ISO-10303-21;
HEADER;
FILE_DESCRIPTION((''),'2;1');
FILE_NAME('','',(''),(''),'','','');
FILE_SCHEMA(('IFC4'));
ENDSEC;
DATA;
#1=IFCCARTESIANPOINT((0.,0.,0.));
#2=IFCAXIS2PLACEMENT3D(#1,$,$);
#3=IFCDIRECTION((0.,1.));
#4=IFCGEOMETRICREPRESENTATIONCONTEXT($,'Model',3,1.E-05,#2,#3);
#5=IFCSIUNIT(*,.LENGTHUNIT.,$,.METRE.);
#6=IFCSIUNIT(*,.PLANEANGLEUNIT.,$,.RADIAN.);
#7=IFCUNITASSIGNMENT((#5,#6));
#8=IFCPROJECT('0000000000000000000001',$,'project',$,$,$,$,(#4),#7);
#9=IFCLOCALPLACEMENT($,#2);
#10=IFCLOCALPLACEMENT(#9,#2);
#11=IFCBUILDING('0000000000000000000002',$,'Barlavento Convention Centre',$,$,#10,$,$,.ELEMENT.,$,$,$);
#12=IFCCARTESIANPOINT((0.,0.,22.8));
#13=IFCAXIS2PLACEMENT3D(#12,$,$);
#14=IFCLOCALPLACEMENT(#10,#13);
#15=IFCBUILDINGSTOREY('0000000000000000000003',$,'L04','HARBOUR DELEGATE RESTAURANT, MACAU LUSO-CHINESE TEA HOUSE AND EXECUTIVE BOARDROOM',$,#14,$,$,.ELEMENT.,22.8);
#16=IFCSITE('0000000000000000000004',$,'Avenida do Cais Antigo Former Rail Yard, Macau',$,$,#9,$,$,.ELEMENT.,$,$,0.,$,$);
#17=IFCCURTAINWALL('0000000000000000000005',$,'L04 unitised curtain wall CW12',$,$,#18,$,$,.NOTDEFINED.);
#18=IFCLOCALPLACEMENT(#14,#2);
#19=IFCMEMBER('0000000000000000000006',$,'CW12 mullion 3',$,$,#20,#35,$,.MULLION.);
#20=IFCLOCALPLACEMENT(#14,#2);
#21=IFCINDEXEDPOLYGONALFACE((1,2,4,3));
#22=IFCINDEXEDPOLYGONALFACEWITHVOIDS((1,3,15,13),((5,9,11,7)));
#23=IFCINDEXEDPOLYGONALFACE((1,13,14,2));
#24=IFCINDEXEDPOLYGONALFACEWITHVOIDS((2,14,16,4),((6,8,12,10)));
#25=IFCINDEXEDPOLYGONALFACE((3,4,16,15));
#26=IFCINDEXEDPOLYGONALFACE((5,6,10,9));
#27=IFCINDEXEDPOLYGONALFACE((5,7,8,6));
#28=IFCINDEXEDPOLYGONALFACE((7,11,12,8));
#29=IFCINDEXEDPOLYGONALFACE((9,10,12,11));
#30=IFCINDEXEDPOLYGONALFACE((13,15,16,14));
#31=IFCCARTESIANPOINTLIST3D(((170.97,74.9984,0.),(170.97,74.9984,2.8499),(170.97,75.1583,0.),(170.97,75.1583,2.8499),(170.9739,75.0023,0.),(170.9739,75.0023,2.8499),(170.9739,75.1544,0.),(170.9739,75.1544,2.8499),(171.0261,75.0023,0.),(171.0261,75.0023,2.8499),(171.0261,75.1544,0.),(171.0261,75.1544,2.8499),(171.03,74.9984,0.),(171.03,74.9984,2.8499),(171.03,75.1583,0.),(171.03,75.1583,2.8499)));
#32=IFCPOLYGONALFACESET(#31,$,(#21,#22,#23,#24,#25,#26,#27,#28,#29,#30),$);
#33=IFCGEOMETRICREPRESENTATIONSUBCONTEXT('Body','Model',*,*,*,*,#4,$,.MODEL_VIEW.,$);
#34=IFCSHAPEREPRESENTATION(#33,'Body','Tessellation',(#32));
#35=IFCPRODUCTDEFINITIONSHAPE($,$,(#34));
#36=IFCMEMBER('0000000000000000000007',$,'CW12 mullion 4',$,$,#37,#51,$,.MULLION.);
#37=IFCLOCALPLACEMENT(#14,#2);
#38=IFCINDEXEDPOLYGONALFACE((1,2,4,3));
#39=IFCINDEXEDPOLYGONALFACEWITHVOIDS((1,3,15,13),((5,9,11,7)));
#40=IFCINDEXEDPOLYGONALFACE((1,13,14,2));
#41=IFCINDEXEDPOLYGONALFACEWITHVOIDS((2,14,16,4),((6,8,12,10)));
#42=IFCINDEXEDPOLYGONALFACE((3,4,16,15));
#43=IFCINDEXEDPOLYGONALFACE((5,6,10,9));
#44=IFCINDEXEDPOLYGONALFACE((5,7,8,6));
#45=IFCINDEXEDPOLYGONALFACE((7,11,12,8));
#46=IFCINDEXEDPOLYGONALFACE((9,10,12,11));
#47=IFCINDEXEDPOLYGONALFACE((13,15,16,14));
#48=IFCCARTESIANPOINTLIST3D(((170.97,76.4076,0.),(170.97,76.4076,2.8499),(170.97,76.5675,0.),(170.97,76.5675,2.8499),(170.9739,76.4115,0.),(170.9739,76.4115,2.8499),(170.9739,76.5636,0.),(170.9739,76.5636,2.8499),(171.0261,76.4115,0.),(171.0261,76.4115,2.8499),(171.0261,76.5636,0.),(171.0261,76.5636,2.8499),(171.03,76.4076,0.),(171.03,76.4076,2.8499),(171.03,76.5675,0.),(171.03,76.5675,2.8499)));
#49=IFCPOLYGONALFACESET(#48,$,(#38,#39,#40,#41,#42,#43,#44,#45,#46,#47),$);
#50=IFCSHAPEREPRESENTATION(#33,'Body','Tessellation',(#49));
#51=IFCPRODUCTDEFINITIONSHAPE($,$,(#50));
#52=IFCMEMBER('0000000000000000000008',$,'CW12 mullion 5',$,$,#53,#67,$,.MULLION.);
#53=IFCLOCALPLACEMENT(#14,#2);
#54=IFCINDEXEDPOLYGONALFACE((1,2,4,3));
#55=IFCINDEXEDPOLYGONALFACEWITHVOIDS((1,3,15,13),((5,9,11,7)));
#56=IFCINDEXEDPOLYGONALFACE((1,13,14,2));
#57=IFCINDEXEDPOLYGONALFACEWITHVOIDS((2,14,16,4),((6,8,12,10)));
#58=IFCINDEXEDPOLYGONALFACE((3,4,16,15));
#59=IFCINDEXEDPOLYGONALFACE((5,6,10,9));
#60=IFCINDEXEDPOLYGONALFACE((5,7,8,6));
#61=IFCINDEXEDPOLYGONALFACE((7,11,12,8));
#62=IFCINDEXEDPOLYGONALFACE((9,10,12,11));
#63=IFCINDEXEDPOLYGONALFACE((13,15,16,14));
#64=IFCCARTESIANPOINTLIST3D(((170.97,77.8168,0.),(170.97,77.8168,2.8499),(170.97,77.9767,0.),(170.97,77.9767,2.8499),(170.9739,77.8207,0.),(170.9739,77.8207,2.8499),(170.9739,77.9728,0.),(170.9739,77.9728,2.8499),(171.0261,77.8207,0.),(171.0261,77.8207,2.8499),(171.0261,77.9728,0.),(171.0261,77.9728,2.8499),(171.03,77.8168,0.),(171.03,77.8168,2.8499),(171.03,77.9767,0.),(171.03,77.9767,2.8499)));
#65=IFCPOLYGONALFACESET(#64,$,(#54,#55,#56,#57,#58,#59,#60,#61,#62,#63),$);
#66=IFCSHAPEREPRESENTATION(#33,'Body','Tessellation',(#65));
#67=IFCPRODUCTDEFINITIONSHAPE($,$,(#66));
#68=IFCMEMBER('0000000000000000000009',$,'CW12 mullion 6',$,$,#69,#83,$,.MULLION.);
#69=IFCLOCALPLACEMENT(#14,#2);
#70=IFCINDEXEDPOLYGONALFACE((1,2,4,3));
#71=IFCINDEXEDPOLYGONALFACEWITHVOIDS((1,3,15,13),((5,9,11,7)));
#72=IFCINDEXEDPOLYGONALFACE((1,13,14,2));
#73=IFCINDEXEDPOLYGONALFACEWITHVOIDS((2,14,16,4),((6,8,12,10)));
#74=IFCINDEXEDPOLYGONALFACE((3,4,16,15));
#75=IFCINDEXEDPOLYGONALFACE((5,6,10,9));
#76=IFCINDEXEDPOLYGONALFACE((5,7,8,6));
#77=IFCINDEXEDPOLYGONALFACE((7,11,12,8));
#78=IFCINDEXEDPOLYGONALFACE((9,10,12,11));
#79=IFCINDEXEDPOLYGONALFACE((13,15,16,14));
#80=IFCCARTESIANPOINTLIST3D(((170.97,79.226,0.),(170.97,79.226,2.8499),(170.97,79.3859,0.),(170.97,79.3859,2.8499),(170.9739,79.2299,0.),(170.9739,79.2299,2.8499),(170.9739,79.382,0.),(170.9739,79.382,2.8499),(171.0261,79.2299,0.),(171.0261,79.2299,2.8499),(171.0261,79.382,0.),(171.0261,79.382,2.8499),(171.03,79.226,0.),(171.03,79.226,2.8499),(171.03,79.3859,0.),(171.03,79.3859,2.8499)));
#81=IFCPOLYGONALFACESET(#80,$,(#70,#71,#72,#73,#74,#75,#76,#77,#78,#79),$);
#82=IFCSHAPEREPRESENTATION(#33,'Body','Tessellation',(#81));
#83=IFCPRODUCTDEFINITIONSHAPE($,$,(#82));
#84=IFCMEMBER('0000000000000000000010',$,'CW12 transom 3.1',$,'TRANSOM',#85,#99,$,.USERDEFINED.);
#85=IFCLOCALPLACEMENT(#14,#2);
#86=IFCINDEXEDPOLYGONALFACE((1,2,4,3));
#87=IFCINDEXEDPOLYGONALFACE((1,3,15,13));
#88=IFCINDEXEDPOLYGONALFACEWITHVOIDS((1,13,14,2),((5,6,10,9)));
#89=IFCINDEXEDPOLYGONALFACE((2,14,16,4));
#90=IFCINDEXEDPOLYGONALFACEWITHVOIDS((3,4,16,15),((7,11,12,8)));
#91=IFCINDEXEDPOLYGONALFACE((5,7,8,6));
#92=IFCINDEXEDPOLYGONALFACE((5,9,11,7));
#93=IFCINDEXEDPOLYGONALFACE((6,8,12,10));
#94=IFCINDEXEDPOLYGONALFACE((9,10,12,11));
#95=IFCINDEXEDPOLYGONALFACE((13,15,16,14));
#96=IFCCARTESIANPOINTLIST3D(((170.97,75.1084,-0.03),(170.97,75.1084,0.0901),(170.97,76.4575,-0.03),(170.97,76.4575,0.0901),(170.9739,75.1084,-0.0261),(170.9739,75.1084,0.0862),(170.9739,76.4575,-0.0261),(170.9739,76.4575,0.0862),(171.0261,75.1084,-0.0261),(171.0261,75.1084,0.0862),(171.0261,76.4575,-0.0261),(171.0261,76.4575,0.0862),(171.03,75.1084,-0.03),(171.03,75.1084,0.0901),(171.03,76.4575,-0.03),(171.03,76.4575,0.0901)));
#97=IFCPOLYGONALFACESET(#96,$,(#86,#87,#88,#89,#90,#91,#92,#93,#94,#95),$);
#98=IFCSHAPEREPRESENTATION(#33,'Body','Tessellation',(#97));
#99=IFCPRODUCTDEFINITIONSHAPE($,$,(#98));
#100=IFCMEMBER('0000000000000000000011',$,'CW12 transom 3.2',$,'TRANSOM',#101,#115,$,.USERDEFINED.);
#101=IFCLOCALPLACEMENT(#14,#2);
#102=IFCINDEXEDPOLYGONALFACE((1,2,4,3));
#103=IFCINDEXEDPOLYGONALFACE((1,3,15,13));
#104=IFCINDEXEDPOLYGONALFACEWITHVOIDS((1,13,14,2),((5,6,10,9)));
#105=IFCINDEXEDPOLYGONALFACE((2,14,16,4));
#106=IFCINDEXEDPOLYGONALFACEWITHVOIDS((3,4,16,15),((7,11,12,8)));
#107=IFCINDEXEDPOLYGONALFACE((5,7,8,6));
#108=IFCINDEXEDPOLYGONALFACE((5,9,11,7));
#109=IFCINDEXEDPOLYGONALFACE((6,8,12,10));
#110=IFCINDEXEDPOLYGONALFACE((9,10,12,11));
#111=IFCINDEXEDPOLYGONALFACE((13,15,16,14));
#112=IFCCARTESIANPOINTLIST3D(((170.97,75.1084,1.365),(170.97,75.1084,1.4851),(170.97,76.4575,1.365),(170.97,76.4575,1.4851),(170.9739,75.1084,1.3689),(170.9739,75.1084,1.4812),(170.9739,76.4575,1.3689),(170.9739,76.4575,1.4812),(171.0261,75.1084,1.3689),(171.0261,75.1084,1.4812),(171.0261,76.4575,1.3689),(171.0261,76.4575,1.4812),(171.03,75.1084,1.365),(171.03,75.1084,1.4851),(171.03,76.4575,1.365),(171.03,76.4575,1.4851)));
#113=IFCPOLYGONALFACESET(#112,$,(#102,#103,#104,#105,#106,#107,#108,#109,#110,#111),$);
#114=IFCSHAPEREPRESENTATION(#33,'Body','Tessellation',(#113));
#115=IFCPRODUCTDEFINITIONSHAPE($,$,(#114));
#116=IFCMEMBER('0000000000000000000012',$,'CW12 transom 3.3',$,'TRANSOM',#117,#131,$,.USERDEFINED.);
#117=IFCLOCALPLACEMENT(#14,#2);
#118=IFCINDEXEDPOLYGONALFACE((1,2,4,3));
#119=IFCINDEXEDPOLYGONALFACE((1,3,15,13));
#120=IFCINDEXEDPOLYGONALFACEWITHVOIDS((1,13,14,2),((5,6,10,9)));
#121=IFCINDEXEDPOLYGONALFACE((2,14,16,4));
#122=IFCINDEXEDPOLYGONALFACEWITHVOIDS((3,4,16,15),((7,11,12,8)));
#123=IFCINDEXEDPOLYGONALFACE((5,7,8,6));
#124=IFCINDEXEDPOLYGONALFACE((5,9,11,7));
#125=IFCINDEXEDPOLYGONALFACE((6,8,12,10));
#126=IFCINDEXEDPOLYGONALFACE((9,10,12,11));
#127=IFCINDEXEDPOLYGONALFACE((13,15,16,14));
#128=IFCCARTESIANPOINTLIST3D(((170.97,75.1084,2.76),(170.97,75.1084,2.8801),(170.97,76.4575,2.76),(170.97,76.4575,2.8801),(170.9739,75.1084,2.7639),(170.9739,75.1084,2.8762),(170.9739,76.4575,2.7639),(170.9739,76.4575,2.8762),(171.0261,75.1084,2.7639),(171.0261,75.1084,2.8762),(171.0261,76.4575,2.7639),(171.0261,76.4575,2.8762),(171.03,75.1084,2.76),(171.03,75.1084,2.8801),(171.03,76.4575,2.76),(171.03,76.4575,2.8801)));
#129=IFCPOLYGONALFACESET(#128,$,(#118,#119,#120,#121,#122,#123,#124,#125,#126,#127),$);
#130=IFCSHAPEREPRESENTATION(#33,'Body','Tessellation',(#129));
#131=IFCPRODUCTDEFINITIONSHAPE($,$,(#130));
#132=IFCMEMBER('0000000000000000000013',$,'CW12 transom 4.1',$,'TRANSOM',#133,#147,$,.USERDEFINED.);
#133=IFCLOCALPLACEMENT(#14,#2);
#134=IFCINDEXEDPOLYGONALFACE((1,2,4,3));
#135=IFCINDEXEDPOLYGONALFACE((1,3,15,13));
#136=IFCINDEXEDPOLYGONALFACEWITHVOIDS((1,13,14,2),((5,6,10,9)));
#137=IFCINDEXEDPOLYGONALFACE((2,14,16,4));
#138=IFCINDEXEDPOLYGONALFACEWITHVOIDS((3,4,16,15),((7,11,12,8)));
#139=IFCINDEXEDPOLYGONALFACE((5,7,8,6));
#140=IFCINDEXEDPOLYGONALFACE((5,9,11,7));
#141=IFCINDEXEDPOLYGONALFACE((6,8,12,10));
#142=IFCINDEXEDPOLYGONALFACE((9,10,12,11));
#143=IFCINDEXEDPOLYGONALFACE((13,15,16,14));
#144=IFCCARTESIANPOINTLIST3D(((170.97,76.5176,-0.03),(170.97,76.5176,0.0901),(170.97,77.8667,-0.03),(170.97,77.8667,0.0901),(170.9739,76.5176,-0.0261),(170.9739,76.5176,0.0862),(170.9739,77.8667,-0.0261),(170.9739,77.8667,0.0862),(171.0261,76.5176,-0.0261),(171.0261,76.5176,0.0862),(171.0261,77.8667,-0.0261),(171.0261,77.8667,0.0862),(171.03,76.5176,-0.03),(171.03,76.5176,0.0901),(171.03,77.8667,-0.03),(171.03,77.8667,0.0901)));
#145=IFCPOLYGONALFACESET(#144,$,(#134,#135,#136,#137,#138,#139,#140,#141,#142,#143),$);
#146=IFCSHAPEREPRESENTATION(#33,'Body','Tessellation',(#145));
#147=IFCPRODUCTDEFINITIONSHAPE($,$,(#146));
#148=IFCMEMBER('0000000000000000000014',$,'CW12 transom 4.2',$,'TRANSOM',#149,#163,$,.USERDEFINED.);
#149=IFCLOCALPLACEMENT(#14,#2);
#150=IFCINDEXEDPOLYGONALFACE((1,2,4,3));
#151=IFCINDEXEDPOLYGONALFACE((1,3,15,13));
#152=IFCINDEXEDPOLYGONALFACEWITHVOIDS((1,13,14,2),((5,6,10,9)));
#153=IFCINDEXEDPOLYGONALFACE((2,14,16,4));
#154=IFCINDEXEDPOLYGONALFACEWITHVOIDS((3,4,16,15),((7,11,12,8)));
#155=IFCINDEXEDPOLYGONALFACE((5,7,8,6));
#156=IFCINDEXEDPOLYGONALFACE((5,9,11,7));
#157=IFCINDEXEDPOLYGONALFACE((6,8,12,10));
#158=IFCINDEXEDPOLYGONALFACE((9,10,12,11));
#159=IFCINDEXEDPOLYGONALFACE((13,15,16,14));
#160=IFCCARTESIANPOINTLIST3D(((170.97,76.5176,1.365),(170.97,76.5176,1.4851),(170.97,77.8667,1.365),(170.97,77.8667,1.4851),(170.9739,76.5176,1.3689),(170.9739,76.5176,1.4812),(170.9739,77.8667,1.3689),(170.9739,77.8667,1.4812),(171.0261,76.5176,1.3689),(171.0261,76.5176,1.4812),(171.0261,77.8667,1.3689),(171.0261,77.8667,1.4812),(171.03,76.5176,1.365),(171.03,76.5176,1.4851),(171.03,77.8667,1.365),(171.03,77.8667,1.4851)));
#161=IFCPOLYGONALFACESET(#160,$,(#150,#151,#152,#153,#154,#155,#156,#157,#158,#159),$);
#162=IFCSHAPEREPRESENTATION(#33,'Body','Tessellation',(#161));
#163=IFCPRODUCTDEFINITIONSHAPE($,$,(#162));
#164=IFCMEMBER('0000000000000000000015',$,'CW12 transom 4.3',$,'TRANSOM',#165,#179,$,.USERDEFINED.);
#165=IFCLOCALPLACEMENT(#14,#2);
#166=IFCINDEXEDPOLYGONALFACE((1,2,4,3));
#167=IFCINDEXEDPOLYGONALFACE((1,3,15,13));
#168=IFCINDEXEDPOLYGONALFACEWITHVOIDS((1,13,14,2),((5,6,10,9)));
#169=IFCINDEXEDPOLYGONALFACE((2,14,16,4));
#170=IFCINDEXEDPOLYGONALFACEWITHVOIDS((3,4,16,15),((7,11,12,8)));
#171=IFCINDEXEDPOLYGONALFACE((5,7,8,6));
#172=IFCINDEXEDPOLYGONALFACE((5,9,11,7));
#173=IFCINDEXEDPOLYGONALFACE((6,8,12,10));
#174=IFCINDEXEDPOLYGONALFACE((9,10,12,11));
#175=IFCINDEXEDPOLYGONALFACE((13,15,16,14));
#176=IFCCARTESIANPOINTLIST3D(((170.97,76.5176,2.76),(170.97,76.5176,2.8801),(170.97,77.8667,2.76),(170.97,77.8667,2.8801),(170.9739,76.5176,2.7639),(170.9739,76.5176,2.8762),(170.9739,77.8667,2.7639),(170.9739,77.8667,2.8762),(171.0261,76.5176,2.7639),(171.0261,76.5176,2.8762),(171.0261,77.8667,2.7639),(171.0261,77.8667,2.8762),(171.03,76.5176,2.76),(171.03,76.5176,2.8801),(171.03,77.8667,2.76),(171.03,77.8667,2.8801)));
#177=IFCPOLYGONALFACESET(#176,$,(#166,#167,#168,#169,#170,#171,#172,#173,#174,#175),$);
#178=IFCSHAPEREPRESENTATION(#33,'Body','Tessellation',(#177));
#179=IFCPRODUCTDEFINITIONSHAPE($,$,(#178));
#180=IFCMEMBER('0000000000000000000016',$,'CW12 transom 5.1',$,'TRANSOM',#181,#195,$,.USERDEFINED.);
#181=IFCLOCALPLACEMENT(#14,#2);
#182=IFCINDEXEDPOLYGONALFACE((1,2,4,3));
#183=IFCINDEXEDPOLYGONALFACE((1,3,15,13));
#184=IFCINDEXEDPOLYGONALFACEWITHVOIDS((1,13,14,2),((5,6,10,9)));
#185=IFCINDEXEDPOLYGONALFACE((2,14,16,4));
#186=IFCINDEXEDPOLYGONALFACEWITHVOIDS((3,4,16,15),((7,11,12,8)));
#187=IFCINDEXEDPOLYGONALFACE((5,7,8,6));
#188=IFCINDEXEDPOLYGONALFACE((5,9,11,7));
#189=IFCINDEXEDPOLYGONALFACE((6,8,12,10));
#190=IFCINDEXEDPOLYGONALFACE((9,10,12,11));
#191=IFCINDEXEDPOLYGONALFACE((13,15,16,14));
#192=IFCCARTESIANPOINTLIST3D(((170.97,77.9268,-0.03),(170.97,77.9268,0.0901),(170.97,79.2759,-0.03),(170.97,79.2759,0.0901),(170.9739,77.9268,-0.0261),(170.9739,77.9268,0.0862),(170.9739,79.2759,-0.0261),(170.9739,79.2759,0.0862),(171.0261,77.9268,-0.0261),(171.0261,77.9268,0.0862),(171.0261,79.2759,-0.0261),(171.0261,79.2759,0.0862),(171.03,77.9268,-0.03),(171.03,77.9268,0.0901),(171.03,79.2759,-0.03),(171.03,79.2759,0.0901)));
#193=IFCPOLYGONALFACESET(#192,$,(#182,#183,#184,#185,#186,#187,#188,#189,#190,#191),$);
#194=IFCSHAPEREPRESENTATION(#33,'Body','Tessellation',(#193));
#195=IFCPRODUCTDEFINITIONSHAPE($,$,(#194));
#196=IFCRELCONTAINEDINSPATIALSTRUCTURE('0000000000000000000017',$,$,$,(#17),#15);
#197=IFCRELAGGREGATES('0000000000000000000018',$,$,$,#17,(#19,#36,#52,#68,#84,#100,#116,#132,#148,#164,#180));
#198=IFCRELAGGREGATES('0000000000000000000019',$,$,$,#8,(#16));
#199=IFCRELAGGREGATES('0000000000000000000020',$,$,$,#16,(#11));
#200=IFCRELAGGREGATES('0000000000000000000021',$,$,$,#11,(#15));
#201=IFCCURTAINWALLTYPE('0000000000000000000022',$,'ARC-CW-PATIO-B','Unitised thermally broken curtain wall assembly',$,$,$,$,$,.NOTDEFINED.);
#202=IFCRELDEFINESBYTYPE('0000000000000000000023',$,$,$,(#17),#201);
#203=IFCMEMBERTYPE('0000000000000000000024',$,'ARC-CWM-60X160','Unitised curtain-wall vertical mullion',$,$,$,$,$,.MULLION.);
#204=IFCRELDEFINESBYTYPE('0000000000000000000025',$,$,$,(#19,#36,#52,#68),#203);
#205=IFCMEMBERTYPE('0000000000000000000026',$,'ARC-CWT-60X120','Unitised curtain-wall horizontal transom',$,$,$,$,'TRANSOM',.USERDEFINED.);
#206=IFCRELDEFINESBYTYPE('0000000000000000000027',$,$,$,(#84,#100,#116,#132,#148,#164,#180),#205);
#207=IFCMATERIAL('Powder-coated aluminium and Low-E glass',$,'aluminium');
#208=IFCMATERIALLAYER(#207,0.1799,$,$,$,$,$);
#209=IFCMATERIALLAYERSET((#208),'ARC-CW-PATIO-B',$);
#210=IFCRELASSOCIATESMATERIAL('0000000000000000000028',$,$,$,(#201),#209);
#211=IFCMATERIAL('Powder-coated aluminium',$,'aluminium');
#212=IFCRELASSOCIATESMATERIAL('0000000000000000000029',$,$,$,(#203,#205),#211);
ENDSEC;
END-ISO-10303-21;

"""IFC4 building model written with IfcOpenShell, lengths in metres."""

from ifc_helpers import new_model, si_unit, direction, frame, origin, origin_2d, place, context, subcontext, project, spatial, hollow_rectangle, extrude, material, layer, layer_set, material_profile, profile_set, type_object, element, aggregate, save


model = new_model("IFC4")

# Units and contexts
model_context = context("Model", 3, precision=1e-05, world=origin(), true_north=direction((0.0, 1.0)))
body_context = subcontext(model_context, "Body", "Model", "MODEL_VIEW")
ifc_project = project(units=[si_unit("LENGTHUNIT", "METRE"), si_unit("PLANEANGLEUNIT", "RADIAN")], contexts=[model_context])

# Site, building, storey
site_placement = place(None, origin())
site = spatial("IfcSite", under=ifc_project, at=site_placement, Name="Avenida do Cais Antigo Former Rail Yard, Macau", CompositionType="ELEMENT", RefElevation=0.0)
building_placement = place(site_placement, origin())
building = spatial("IfcBuilding", under=site, at=building_placement, Name="Barlavento Convention Centre", CompositionType="ELEMENT")
storey_placement = place(building_placement, frame((0.0, 0.0, 22.8)))
storey = spatial("IfcBuildingStorey", under=building, at=storey_placement, Name="L04", Description="HARBOUR DELEGATE RESTAURANT, MACAU LUSO-CHINESE TEA HOUSE AND EXECUTIVE BOARDROOM", CompositionType="ELEMENT", Elevation=22.8)

# Curtain wall, members
ifc_material_1 = material(Name="Powder-coated aluminium and Low-E glass", Category="aluminium")
ifc_layer_1 = layer(ifc_material_1, 0.1799)
ifc_layer_set_1 = layer_set([ifc_layer_1], Name="ARC-CW-PATIO-B")
curtain_wall_type = type_object("IfcCurtainWallType", Name="ARC-CW-PATIO-B", Description="Unitised thermally broken curtain wall assembly", PredefinedType="NOTDEFINED", material=ifc_layer_set_1)
curtain_wall_placement = place(storey_placement, origin())
curtain_wall = element("IfcCurtainWall", 1, at=curtain_wall_placement, inside=storey, type_object=curtain_wall_type, Name="L04 unitised curtain wall CW12", PredefinedType="NOTDEFINED")
ifc_material_2 = material(Name="Powder-coated aluminium", Category="aluminium")
ifc_material_profile_1 = material_profile(ifc_material_2, hollow_rectangle(XDim=0.0601, YDim=0.1599, WallThickness=0.0039, at=origin_2d()), Name="AL-MULL 60x160x4")
ifc_profile_set_1 = profile_set([ifc_material_profile_1], Name="Powder-coated aluminium")
member_type_1 = type_object("IfcMemberType", Name="ARC-CWM-60X160", Description="Unitised curtain-wall vertical mullion", PredefinedType="MULLION", material=ifc_profile_set_1)
member_1_placement = place(storey_placement, frame((171.0, 75.0784, 0.0), z_axis=(0.0, 0.0, 1.0), x_axis=(-1.0, 0.0, 0.0)))
member_1 = element("IfcMember", 2, at=member_1_placement, type_object=member_type_1, Name="CW12 mullion 3", PredefinedType="MULLION", context=body_context, shape_type="SweptSolid", body=[
    extrude(hollow_rectangle(XDim=0.0601, YDim=0.1599, WallThickness=0.0039, at=origin_2d()), origin(), (0.0, 0.0, 1.0), 2.8499),
])
member_2_placement = place(storey_placement, frame((171.0, 76.4875, 0.0), z_axis=(0.0, 0.0, 1.0), x_axis=(-1.0, 0.0, 0.0)))
member_2 = element("IfcMember", 3, at=member_2_placement, type_object=member_type_1, Name="CW12 mullion 4", PredefinedType="MULLION", context=body_context, shape_type="SweptSolid", body=[
    extrude(hollow_rectangle(XDim=0.0601, YDim=0.1599, WallThickness=0.0039, at=origin_2d()), origin(), (0.0, 0.0, 1.0), 2.8499),
])
member_3_placement = place(storey_placement, frame((171.0, 77.8967, 0.0), z_axis=(0.0, 0.0, 1.0), x_axis=(-1.0, 0.0, 0.0)))
member_3 = element("IfcMember", 4, at=member_3_placement, type_object=member_type_1, Name="CW12 mullion 5", PredefinedType="MULLION", context=body_context, shape_type="SweptSolid", body=[
    extrude(hollow_rectangle(XDim=0.0601, YDim=0.1599, WallThickness=0.0039, at=origin_2d()), origin(), (0.0, 0.0, 1.0), 2.8499),
])
member_4_placement = place(storey_placement, frame((171.0, 79.3059, 0.0), z_axis=(0.0, 0.0, 1.0), x_axis=(-1.0, 0.0, 0.0)))
member_4 = element("IfcMember", 5, at=member_4_placement, type_object=member_type_1, Name="CW12 mullion 6", PredefinedType="MULLION", context=body_context, shape_type="SweptSolid", body=[
    extrude(hollow_rectangle(XDim=0.0601, YDim=0.1599, WallThickness=0.0039, at=origin_2d()), origin(), (0.0, 0.0, 1.0), 2.8499),
])
ifc_material_profile_2 = material_profile(ifc_material_2, hollow_rectangle(XDim=0.0601, YDim=0.1201, WallThickness=0.0039, at=origin_2d()), Name="AL-TRAN 60x120x4")
ifc_profile_set_2 = profile_set([ifc_material_profile_2], Name="Powder-coated aluminium")
member_type_2 = type_object("IfcMemberType", Name="ARC-CWT-60X120", Description="Unitised curtain-wall horizontal transom", ElementType="TRANSOM", PredefinedType="USERDEFINED", material=ifc_profile_set_2)
member_5_placement = place(storey_placement, frame((171.0, 75.1084, 0.03), z_axis=(0.0, 1.0, 0.0), x_axis=(-1.0, 0.0, 0.0)))
member_5 = element("IfcMember", 6, at=member_5_placement, type_object=member_type_2, Name="CW12 transom 3.1", ObjectType="TRANSOM", PredefinedType="USERDEFINED", context=body_context, shape_type="SweptSolid", body=[
    extrude(hollow_rectangle(XDim=0.0601, YDim=0.1201, WallThickness=0.0039, at=origin_2d()), origin(), (0.0, 0.0, 1.0), 1.3491),
])
member_6_placement = place(storey_placement, frame((171.0, 75.1084, 1.425), z_axis=(0.0, 1.0, 0.0), x_axis=(-1.0, 0.0, 0.0)))
member_6 = element("IfcMember", 7, at=member_6_placement, type_object=member_type_2, Name="CW12 transom 3.2", ObjectType="TRANSOM", PredefinedType="USERDEFINED", context=body_context, shape_type="SweptSolid", body=[
    extrude(hollow_rectangle(XDim=0.0601, YDim=0.1201, WallThickness=0.0039, at=origin_2d()), origin(), (0.0, 0.0, 1.0), 1.3491),
])
member_7_placement = place(storey_placement, frame((171.0, 75.1084, 2.8201), z_axis=(0.0, 1.0, 0.0), x_axis=(-1.0, 0.0, 0.0)))
member_7 = element("IfcMember", 8, at=member_7_placement, type_object=member_type_2, Name="CW12 transom 3.3", ObjectType="TRANSOM", PredefinedType="USERDEFINED", context=body_context, shape_type="SweptSolid", body=[
    extrude(hollow_rectangle(XDim=0.0601, YDim=0.1201, WallThickness=0.0039, at=origin_2d()), origin(), (0.0, 0.0, 1.0), 1.3491),
])
member_8_placement = place(storey_placement, frame((171.0, 76.5176, 0.03), z_axis=(0.0, 1.0, 0.0), x_axis=(-1.0, 0.0, 0.0)))
member_8 = element("IfcMember", 9, at=member_8_placement, type_object=member_type_2, Name="CW12 transom 4.1", ObjectType="TRANSOM", PredefinedType="USERDEFINED", context=body_context, shape_type="SweptSolid", body=[
    extrude(hollow_rectangle(XDim=0.0601, YDim=0.1201, WallThickness=0.0039, at=origin_2d()), origin(), (0.0, 0.0, 1.0), 1.3491),
])
member_9_placement = place(storey_placement, frame((171.0, 76.5176, 1.425), z_axis=(0.0, 1.0, 0.0), x_axis=(-1.0, 0.0, 0.0)))
member_9 = element("IfcMember", 10, at=member_9_placement, type_object=member_type_2, Name="CW12 transom 4.2", ObjectType="TRANSOM", PredefinedType="USERDEFINED", context=body_context, shape_type="SweptSolid", body=[
    extrude(hollow_rectangle(XDim=0.0601, YDim=0.1201, WallThickness=0.0039, at=origin_2d()), origin(), (0.0, 0.0, 1.0), 1.3491),
])
member_10_placement = place(storey_placement, frame((171.0, 76.5176, 2.8201), z_axis=(0.0, 1.0, 0.0), x_axis=(-1.0, 0.0, 0.0)))
member_10 = element("IfcMember", 11, at=member_10_placement, type_object=member_type_2, Name="CW12 transom 4.3", ObjectType="TRANSOM", PredefinedType="USERDEFINED", context=body_context, shape_type="SweptSolid", body=[
    extrude(hollow_rectangle(XDim=0.0601, YDim=0.1201, WallThickness=0.0039, at=origin_2d()), origin(), (0.0, 0.0, 1.0), 1.3491),
])
member_11_placement = place(storey_placement, frame((171.0, 77.9268, 0.03), z_axis=(0.0, 1.0, 0.0), x_axis=(-1.0, 0.0, 0.0)))
member_11 = element("IfcMember", 12, at=member_11_placement, type_object=member_type_2, Name="CW12 transom 5.1", ObjectType="TRANSOM", PredefinedType="USERDEFINED", context=body_context, shape_type="SweptSolid", body=[
    extrude(hollow_rectangle(XDim=0.0601, YDim=0.1201, WallThickness=0.0039, at=origin_2d()), origin(), (0.0, 0.0, 1.0), 1.3491),
])
aggregate(curtain_wall, [member_1, member_2, member_3, member_4, member_5, member_6, member_7, member_8, member_9, member_10, member_11])

save(model, "model.ifc")
